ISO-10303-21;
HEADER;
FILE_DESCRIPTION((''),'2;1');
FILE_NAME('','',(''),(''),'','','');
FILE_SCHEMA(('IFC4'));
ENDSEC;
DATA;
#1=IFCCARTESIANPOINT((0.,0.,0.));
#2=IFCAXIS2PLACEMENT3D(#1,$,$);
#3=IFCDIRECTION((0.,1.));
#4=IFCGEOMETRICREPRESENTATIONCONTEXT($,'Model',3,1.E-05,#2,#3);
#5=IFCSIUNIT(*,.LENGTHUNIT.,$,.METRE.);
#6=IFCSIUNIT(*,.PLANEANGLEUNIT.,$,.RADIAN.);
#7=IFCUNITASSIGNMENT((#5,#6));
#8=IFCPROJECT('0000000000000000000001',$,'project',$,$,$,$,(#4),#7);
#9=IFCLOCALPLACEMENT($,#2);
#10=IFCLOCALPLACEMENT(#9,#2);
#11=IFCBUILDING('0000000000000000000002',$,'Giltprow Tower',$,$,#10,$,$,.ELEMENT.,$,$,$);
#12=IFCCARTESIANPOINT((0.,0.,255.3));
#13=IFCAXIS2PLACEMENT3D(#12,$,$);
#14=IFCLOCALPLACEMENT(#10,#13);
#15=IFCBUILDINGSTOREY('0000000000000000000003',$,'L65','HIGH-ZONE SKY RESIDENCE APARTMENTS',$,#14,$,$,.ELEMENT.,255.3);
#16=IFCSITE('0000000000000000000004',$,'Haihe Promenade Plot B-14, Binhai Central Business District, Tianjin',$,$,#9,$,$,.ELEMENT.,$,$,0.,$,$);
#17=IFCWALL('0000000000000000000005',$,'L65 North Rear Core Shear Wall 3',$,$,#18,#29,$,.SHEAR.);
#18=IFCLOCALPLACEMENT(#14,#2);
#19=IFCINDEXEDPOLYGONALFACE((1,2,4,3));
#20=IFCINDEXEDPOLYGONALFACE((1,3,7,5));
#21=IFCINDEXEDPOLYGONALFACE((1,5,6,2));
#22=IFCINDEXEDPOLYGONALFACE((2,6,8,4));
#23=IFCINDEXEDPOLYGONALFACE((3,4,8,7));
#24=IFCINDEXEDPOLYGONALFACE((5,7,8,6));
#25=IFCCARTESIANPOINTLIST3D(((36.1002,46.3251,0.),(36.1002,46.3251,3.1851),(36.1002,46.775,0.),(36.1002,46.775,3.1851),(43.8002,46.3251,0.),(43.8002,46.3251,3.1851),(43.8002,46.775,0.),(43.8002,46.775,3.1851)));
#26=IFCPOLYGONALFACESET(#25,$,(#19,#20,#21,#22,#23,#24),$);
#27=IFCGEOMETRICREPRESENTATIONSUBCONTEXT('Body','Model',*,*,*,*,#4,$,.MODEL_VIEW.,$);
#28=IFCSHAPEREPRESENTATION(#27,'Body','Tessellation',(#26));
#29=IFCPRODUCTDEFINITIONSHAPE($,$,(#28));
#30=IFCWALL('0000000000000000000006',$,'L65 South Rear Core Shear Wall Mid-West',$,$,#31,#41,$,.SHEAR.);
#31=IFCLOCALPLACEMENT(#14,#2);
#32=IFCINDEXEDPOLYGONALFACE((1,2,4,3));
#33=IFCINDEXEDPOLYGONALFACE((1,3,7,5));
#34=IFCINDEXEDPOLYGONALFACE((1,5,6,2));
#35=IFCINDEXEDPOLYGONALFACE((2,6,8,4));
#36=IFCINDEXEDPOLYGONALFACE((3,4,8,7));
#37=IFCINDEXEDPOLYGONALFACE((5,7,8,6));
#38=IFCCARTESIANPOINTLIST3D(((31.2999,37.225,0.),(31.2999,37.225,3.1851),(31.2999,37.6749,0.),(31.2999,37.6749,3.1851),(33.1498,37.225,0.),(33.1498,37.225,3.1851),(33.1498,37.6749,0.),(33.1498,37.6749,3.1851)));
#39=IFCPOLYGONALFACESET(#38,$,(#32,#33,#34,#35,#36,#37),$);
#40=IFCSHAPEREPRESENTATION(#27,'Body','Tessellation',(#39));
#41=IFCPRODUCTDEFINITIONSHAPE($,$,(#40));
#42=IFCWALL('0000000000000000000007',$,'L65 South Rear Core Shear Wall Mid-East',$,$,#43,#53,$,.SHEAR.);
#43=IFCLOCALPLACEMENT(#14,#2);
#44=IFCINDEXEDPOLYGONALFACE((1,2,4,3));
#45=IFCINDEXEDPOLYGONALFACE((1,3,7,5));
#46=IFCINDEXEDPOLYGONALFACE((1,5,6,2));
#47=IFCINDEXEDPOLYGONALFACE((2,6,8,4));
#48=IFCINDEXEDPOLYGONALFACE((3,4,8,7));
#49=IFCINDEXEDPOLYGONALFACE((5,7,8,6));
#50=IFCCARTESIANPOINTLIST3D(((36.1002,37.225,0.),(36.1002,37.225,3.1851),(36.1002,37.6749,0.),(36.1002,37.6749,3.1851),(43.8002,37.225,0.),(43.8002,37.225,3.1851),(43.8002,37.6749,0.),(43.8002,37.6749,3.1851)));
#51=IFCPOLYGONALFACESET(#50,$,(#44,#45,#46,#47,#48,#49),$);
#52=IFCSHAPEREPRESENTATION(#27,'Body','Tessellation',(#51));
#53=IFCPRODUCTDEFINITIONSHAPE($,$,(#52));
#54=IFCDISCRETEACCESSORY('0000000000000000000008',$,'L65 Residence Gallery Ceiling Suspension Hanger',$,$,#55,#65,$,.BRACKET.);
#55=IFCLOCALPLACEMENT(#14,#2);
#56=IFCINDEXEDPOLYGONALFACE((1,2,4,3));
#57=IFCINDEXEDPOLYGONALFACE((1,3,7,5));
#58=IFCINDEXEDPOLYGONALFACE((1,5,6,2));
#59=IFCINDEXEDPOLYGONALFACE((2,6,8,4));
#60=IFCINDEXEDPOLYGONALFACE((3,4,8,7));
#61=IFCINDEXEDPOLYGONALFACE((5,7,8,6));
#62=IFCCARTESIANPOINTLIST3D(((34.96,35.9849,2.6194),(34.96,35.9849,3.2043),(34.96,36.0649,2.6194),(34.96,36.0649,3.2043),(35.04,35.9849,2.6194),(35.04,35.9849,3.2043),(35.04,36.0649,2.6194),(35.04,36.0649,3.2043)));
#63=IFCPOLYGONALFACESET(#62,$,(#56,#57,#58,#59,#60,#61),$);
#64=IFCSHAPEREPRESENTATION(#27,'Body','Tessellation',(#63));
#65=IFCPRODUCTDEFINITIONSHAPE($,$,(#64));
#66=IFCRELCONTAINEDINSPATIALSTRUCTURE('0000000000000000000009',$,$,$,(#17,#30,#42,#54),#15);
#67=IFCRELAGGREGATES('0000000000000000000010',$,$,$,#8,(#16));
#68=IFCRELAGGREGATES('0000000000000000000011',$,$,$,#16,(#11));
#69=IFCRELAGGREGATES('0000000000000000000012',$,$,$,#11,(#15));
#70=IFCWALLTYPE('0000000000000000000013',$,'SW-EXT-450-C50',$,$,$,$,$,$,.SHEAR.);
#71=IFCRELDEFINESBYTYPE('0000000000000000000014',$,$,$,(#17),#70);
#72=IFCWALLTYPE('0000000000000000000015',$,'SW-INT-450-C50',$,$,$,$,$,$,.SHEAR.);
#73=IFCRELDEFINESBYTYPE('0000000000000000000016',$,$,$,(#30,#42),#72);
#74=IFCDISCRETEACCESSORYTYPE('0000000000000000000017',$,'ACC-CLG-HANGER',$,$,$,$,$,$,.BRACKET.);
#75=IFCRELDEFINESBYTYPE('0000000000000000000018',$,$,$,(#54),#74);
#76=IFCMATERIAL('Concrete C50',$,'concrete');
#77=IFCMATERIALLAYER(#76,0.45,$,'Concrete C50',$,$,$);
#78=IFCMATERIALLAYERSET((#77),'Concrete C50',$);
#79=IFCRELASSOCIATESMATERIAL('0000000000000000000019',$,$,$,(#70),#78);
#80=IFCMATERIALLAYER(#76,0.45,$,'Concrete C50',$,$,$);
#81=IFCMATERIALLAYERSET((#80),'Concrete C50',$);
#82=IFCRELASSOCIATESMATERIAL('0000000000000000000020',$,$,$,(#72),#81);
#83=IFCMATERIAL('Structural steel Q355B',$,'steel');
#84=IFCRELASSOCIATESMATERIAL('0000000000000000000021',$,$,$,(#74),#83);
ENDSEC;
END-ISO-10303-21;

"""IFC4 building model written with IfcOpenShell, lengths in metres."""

from ifc_helpers import new_model, si_unit, direction, frame, frame_2d, origin, origin_2d, place, context, subcontext, project, spatial, rectangle, extrude, source, transform, mapped, material, layer, layer_set, type_object, element, save


model = new_model("IFC4")

# Units and contexts
model_context = context("Model", 3, precision=1e-05, world=origin(), true_north=direction((0.0, 1.0)))
body_context = subcontext(model_context, "Body", "Model", "MODEL_VIEW")
ifc_project = project(units=[si_unit("LENGTHUNIT", "METRE"), si_unit("PLANEANGLEUNIT", "RADIAN")], contexts=[model_context])

# Site, building, storey
site_placement = place(None, origin())
site = spatial("IfcSite", under=ifc_project, at=site_placement, Name="Haihe Promenade Plot B-14, Binhai Central Business District, Tianjin", CompositionType="ELEMENT", RefElevation=0.0)
building_placement = place(site_placement, origin())
building = spatial("IfcBuilding", under=site, at=building_placement, Name="Giltprow Tower", CompositionType="ELEMENT")
storey_placement = place(building_placement, frame((0.0, 0.0, 255.3)))
storey = spatial("IfcBuildingStorey", under=building, at=storey_placement, Name="L65", Description="HIGH-ZONE SKY RESIDENCE APARTMENTS", CompositionType="ELEMENT", Elevation=255.3)

# Shared definitions
ifc_material_1 = material(Name="Concrete C50", Category="concrete")

# Shared definitions
ifc_material_2 = material(Name="Structural steel Q355B", Category="steel")

# Walls
ifc_layer_1 = layer(ifc_material_1, 0.45, Name="Concrete C50")
ifc_layer_set_1 = layer_set([ifc_layer_1], Name="Concrete C50")
wall_type_1 = type_object("IfcWallType", Name="SW-EXT-450-C50", PredefinedType="SHEAR", material=ifc_layer_set_1)
wall_1_placement = place(storey_placement, frame((36.1001, 46.55, 0.0), z_axis=(0.0, 0.0, 1.0), x_axis=(1.0, 0.0, 0.0)))
element("IfcWall", 1, at=wall_1_placement, inside=storey, type_object=wall_type_1, Name="L65 North Rear Core Shear Wall 3", PredefinedType="SHEAR", context=body_context, shape_type="SweptSolid", body=[
    extrude(rectangle(XDim=7.7, YDim=0.45, at=frame_2d((3.8501, 0.0))), origin(), (0.0, 0.0, 1.0), 3.1851),
])
ifc_layer_2 = layer(ifc_material_1, 0.45, Name="Concrete C50")
ifc_layer_set_2 = layer_set([ifc_layer_2], Name="Concrete C50")
wall_type_2 = type_object("IfcWallType", Name="SW-INT-450-C50", PredefinedType="SHEAR", material=ifc_layer_set_2)
wall_2_placement = place(storey_placement, frame((31.3, 37.45, 0.0), z_axis=(0.0, 0.0, 1.0), x_axis=(1.0, 0.0, 0.0)))
element("IfcWall", 2, at=wall_2_placement, inside=storey, type_object=wall_type_2, Name="L65 South Rear Core Shear Wall Mid-West", PredefinedType="SHEAR", context=body_context, shape_type="SweptSolid", body=[
    extrude(rectangle(XDim=1.8499, YDim=0.45, at=frame_2d((0.9248, 0.0))), origin(), (0.0, 0.0, 1.0), 3.1851),
])
wall_3_placement = place(storey_placement, frame((36.1001, 37.45, 0.0), z_axis=(0.0, 0.0, 1.0), x_axis=(1.0, 0.0, 0.0)))
element("IfcWall", 3, at=wall_3_placement, inside=storey, type_object=wall_type_2, Name="L65 South Rear Core Shear Wall Mid-East", PredefinedType="SHEAR", context=body_context, shape_type="SweptSolid", body=[
    extrude(rectangle(XDim=7.7, YDim=0.45, at=frame_2d((3.8501, 0.0))), origin(), (0.0, 0.0, 1.0), 3.1851),
])

# Discrete accessory
discrete_accessory_type = type_object("IfcDiscreteAccessoryType", Name="ACC-CLG-HANGER", PredefinedType="BRACKET", material=ifc_material_2)
shared_shape_1 = source(origin(), body_context, "Body", "SweptSolid", [
    extrude(rectangle(XDim=0.0801, YDim=0.0801, at=origin_2d()), origin(), (0.0, 0.0, 1.0), 0.585),
])
discrete_accessory_placement = place(storey_placement, frame((35.0, 36.0249, 2.6194), z_axis=(0.0, 0.0, 1.0), x_axis=(1.0, 0.0, 0.0)))
element("IfcDiscreteAccessory", 4, at=discrete_accessory_placement, inside=storey, type_object=discrete_accessory_type, Name="L65 Residence Gallery Ceiling Suspension Hanger", PredefinedType="BRACKET", context=body_context, shape_type="MappedRepresentation", body=[
    mapped(shared_shape_1, transform((0.0, 0.0, 0.0), x_axis=(1.0, 0.0, 0.0), y_axis=(0.0, 1.0, 0.0), z_axis=(0.0, 0.0, 1.0), scale=1.0)),
])

save(model, "model.ifc")
